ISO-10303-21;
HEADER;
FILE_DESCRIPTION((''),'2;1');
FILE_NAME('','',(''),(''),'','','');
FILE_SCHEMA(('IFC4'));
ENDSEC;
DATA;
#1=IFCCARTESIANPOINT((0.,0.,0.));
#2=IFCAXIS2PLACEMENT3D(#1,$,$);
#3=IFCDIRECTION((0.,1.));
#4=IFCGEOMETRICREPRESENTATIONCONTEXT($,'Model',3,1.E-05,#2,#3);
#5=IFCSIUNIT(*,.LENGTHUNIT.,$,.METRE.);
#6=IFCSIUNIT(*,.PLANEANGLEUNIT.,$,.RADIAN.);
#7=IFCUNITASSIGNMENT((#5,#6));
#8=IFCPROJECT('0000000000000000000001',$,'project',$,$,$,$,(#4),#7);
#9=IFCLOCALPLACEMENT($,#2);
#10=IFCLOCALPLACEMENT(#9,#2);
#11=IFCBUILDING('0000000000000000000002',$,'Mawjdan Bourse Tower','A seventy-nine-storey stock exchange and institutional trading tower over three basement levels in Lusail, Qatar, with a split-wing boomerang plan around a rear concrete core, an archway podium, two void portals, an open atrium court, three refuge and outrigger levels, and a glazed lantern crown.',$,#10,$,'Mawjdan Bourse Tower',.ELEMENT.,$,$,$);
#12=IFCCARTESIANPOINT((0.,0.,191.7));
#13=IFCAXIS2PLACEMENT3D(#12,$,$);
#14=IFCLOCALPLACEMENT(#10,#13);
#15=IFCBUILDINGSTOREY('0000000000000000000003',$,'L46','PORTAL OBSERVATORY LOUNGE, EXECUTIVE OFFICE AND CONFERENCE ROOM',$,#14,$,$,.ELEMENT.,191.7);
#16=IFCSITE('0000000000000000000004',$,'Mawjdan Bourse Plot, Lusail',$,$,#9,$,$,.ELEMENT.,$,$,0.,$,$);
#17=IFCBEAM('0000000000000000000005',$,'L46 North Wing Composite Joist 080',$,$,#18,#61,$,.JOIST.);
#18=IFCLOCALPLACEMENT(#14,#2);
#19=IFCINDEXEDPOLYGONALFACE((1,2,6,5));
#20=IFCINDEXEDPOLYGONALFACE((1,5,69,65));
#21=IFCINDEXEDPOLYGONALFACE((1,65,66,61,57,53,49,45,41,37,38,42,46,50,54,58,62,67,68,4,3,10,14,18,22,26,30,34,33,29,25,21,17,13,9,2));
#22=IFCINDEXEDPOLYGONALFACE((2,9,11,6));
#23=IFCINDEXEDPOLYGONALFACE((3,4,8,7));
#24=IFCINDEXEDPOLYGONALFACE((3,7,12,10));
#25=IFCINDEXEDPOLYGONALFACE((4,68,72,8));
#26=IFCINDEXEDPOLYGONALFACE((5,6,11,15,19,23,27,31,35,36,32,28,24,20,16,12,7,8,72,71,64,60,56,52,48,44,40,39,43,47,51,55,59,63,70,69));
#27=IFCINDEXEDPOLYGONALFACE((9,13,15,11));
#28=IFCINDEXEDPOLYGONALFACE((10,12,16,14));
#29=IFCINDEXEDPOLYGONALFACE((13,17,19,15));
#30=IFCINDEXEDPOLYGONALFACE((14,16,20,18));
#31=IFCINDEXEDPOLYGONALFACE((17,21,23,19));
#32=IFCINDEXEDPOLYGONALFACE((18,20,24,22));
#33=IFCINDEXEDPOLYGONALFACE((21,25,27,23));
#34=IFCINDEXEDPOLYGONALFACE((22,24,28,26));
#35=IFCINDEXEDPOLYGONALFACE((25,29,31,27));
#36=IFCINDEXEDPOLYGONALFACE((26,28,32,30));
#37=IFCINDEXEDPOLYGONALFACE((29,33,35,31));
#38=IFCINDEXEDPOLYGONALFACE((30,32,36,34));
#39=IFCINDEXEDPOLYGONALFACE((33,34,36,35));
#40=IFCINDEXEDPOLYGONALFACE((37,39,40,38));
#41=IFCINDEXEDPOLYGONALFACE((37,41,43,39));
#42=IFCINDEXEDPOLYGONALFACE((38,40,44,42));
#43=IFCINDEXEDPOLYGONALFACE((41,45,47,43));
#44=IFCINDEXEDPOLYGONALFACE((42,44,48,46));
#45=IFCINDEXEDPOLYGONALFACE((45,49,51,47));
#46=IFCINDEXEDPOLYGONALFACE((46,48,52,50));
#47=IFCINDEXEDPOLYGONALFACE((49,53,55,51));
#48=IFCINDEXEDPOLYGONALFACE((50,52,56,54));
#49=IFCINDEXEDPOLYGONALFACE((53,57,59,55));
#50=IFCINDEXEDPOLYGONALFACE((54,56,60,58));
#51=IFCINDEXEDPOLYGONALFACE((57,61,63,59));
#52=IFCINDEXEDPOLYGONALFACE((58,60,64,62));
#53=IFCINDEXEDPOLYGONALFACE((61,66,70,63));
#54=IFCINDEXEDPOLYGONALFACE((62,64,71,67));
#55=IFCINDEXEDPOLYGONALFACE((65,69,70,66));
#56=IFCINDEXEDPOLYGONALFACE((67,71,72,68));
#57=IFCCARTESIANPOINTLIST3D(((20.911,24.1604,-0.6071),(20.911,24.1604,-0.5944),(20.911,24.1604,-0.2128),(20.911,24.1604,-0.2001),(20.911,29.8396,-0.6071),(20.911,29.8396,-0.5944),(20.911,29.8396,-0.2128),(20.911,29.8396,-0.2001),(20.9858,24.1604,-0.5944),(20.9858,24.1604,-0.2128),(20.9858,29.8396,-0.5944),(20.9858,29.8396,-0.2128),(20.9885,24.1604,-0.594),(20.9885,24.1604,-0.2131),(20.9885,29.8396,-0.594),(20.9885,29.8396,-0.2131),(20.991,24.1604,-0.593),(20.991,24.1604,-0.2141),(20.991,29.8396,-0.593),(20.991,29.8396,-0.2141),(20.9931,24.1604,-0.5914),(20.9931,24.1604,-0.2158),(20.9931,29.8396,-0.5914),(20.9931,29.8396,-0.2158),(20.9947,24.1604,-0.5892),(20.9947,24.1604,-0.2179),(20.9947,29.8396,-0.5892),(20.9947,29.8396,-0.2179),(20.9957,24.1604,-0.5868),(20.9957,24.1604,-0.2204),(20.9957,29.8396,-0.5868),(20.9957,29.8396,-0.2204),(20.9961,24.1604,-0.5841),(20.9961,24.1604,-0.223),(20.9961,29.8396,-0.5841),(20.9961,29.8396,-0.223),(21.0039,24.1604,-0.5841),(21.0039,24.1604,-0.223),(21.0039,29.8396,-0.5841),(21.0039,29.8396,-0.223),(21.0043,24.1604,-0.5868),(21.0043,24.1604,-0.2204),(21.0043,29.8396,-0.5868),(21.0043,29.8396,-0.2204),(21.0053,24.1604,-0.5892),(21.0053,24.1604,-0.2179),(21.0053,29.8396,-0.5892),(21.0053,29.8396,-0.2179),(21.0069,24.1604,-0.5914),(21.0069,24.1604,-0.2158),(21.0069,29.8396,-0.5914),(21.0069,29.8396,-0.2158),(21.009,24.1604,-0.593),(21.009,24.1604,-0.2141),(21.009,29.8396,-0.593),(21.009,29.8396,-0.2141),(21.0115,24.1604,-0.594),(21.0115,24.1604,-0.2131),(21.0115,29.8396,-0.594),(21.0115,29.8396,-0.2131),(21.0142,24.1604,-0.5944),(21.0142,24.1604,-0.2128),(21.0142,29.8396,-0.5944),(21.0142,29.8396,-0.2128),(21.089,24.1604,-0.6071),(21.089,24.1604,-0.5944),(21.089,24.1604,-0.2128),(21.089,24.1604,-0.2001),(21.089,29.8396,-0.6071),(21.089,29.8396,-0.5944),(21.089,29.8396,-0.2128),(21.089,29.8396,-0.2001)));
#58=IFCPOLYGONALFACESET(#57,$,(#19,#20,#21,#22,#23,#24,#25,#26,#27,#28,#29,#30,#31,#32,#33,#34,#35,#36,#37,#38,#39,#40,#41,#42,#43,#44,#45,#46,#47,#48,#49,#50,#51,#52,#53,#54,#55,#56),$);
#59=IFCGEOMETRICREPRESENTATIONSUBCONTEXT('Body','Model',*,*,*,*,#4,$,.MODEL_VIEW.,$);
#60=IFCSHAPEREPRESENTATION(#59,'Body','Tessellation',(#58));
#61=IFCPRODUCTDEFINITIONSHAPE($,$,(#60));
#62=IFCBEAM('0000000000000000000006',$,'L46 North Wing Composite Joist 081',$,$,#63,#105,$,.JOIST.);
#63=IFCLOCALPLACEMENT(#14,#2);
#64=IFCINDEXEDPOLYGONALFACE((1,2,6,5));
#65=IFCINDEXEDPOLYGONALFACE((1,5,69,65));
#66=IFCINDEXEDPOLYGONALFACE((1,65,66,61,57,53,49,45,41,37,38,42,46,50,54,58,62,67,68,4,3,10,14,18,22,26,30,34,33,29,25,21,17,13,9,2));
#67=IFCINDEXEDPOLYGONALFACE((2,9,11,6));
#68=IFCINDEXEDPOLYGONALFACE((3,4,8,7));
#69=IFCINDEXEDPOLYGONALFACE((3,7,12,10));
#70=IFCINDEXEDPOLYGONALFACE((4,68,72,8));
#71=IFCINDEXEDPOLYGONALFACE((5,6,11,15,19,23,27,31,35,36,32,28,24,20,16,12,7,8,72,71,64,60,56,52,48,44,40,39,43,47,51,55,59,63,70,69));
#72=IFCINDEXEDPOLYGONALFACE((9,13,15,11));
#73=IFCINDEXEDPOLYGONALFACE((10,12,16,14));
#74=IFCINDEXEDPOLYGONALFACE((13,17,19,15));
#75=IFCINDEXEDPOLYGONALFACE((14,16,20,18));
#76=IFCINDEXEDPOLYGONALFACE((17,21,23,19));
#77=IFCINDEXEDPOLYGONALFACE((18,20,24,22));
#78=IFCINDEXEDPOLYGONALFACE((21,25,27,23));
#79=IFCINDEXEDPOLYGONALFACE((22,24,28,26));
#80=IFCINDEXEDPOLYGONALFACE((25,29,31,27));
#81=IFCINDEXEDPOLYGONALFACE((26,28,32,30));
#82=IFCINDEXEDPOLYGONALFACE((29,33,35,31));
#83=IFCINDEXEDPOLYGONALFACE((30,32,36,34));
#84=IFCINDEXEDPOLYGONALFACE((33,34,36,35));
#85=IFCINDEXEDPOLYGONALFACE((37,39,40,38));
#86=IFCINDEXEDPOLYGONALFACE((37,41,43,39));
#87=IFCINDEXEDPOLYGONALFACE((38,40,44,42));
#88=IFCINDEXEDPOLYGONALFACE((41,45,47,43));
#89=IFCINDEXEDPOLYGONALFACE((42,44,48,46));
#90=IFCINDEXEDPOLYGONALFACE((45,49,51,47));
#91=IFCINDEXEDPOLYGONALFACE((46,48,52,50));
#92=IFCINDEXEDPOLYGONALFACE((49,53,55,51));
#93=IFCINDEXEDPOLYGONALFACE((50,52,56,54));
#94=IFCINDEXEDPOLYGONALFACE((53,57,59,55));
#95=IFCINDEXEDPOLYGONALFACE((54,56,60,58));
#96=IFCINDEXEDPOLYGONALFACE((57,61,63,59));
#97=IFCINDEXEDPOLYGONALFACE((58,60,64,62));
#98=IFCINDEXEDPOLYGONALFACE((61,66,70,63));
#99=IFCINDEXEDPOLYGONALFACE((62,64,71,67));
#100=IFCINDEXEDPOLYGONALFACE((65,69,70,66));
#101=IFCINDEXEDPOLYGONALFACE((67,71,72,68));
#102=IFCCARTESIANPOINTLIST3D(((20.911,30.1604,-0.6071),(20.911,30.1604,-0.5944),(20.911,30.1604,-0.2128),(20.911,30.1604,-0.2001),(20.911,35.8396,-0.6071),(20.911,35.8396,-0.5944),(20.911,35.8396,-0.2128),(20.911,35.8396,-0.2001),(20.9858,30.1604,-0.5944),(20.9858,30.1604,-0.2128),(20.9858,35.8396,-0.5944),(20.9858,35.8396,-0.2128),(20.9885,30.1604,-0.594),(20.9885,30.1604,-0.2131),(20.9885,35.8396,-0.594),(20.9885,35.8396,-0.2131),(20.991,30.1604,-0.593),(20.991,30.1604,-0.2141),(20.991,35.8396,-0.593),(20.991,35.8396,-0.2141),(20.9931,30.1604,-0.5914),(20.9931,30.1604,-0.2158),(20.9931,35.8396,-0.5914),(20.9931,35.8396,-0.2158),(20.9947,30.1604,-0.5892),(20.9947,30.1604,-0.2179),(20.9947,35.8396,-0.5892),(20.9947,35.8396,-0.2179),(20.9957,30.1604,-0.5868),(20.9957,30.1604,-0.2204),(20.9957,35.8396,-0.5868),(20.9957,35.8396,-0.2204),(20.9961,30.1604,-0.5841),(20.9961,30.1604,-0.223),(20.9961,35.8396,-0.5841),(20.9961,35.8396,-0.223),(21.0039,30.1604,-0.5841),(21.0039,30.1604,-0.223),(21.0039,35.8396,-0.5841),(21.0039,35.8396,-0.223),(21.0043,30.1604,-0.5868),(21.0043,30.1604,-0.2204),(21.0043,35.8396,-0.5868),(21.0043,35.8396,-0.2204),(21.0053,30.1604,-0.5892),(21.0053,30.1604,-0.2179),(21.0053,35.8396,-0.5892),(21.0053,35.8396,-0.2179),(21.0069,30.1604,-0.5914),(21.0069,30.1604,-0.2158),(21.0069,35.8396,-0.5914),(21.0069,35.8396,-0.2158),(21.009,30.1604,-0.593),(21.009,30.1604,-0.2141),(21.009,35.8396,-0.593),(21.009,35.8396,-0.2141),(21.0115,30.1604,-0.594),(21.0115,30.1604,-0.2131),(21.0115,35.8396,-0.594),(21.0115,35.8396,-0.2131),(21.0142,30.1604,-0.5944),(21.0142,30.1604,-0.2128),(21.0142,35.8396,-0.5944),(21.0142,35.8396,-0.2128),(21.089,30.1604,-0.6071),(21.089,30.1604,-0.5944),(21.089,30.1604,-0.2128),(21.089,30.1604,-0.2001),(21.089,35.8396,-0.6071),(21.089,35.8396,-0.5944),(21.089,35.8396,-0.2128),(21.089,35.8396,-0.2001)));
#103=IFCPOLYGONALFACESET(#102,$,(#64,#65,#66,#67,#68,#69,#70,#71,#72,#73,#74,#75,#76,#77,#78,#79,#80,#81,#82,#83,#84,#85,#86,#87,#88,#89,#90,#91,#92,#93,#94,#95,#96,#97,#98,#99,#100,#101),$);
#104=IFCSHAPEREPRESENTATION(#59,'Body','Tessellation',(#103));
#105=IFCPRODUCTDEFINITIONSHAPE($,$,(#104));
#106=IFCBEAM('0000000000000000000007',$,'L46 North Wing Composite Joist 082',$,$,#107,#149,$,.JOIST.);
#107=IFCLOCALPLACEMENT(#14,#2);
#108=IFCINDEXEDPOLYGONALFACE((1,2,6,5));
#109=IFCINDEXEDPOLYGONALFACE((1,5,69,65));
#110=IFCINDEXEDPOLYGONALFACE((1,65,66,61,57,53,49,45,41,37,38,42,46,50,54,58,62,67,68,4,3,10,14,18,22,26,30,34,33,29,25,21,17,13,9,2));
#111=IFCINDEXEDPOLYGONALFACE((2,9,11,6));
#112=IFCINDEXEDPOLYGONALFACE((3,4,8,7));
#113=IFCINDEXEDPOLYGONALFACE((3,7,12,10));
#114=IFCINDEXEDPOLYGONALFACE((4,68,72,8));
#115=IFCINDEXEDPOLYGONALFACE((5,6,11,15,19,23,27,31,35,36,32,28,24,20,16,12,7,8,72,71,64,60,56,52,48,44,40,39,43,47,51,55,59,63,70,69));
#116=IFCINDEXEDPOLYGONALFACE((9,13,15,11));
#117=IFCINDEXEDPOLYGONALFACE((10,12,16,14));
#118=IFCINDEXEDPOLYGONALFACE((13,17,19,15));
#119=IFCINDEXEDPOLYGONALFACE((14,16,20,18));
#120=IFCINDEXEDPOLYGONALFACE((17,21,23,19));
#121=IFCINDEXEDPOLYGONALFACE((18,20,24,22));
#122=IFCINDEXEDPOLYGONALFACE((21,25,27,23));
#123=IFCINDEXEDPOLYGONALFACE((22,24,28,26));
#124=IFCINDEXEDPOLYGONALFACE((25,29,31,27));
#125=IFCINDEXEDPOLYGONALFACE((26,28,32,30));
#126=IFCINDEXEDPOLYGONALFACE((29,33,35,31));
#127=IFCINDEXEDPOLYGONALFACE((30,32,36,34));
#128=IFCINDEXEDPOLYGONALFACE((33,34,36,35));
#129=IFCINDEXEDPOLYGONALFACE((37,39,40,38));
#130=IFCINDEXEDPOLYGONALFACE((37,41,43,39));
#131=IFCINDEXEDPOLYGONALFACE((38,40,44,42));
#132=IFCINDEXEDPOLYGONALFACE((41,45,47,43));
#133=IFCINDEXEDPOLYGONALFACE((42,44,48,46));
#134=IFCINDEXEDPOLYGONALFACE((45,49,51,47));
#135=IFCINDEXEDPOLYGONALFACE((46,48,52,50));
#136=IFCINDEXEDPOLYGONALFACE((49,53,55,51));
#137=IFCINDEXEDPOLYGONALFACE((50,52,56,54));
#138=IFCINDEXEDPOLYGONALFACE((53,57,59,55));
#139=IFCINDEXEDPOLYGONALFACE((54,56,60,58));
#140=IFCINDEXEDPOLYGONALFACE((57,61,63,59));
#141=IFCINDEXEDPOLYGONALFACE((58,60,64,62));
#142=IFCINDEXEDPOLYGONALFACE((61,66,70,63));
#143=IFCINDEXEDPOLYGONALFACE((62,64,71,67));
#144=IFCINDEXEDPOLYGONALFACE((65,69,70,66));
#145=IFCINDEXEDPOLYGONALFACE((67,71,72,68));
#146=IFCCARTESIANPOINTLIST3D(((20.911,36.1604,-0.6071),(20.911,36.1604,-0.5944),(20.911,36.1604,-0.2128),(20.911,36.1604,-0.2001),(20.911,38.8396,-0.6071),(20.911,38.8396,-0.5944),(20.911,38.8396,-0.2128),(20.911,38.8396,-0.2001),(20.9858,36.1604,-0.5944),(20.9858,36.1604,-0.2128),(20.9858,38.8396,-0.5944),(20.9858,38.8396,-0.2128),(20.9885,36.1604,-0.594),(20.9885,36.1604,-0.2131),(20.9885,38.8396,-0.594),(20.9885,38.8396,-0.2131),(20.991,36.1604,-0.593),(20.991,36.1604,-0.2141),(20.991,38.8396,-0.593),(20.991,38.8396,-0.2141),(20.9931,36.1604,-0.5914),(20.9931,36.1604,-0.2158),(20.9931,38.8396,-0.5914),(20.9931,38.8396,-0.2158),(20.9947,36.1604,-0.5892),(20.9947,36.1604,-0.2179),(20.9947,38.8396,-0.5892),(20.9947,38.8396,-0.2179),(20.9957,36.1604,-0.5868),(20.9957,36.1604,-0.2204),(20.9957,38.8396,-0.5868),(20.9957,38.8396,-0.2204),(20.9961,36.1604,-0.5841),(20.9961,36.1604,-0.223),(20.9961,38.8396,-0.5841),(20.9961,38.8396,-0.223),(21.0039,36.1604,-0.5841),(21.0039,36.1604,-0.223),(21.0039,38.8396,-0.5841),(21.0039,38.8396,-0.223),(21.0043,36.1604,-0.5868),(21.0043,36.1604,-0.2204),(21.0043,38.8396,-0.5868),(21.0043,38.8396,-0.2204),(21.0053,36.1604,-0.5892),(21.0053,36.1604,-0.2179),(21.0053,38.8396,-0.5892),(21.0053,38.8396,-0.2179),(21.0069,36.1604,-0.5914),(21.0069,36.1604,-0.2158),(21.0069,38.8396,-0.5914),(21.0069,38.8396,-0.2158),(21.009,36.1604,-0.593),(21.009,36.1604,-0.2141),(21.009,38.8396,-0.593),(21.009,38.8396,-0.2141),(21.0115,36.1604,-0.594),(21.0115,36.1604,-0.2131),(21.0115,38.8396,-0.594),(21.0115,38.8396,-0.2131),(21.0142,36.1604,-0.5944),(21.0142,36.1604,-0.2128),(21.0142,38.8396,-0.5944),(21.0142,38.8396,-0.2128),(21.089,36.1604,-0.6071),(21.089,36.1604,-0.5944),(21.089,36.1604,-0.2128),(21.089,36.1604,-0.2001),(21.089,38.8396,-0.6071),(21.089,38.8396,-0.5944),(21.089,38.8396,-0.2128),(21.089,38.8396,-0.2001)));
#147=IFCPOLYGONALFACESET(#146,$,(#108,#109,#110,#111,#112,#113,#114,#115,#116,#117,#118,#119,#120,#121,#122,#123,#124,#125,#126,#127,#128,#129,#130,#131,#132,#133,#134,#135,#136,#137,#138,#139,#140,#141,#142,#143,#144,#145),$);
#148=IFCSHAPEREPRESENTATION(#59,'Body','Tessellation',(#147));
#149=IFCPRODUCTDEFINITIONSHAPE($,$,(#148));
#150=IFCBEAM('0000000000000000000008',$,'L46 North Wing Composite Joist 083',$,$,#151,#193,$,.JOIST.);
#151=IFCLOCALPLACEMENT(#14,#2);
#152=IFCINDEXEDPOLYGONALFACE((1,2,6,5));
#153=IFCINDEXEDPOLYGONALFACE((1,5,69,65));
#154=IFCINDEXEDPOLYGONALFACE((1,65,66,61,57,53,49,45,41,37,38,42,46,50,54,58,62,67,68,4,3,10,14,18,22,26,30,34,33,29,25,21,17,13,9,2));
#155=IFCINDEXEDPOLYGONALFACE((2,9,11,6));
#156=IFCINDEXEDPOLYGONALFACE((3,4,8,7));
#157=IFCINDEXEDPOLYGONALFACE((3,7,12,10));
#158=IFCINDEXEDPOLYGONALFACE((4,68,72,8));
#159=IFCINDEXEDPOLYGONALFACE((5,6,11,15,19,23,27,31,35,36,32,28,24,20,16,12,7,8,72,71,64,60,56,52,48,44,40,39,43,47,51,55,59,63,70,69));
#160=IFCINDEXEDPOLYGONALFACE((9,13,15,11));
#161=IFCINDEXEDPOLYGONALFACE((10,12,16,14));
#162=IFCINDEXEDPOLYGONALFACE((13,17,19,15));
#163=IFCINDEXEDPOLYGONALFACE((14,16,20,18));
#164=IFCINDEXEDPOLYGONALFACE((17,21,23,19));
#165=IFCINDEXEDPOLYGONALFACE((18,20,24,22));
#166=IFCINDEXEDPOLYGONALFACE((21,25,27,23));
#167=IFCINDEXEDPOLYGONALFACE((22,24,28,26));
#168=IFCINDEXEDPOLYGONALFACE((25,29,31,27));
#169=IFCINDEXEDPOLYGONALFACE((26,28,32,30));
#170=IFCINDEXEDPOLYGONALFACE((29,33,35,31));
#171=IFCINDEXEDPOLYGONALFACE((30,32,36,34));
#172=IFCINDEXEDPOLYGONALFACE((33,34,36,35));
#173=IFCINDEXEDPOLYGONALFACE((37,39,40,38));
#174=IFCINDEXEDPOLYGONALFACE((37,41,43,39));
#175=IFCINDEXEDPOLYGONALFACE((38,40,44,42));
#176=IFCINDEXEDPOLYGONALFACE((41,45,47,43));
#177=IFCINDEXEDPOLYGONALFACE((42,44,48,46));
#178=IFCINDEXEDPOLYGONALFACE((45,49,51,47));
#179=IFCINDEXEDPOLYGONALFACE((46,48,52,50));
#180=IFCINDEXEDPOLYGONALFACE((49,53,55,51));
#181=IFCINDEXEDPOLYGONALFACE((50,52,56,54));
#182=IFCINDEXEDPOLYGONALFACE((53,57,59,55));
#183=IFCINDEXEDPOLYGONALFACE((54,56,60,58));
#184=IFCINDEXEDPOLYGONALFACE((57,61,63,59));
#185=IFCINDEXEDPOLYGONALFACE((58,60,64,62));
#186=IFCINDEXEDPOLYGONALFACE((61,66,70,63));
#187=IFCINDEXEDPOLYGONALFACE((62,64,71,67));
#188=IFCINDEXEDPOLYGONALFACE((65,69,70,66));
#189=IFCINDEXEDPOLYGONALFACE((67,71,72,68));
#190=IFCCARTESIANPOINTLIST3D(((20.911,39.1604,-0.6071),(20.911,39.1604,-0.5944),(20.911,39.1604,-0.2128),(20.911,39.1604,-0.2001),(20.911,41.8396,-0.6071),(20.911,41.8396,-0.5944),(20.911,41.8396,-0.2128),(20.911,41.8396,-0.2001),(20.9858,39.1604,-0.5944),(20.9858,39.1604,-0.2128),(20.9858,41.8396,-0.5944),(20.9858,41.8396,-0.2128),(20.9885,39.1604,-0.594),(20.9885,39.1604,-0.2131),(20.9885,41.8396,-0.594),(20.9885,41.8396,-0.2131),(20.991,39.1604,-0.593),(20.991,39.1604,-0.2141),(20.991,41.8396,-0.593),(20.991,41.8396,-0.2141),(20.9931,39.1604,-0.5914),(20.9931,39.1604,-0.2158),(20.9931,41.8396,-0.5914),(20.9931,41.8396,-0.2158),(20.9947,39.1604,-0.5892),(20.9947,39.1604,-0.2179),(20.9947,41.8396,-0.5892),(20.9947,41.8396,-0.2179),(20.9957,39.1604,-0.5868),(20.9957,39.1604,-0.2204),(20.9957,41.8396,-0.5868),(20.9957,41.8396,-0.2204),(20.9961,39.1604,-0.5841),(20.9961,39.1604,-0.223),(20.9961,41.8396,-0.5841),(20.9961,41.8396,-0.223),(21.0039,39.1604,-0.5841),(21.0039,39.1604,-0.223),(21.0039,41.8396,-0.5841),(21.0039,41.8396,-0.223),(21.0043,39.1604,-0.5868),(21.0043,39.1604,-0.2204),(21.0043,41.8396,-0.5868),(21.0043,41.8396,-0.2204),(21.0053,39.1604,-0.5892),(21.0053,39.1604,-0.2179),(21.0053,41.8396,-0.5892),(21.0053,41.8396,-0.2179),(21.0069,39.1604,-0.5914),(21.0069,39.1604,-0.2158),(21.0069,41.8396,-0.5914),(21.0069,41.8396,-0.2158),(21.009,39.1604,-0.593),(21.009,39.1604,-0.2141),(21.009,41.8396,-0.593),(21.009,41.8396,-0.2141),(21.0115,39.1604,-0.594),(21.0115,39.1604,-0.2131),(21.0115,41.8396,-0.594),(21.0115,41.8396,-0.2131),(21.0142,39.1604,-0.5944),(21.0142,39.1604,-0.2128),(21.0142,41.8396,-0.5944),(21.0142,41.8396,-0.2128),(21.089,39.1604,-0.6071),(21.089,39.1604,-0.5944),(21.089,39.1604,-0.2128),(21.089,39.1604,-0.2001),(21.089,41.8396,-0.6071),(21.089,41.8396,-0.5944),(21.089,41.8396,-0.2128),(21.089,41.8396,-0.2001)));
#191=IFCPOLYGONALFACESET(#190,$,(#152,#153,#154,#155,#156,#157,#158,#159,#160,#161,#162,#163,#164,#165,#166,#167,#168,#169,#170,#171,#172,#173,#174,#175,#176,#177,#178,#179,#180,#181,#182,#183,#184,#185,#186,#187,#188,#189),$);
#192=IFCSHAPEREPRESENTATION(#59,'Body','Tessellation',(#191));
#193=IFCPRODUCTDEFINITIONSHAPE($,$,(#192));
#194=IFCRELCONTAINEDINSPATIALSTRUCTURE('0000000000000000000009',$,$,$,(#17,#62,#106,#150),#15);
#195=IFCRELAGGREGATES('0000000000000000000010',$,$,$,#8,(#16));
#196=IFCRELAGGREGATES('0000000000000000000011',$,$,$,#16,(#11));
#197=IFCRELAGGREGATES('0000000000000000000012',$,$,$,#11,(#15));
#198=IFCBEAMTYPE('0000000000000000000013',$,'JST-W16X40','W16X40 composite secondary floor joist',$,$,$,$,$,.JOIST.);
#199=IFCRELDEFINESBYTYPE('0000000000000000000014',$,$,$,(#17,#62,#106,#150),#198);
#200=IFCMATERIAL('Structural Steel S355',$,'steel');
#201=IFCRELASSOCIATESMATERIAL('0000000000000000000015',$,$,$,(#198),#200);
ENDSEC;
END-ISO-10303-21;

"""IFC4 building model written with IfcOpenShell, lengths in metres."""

from ifc_helpers import new_model, si_unit, direction, frame, origin, origin_2d, place, context, subcontext, project, spatial, i_section, extrude, material, material_profile, profile_set, type_object, element, save


model = new_model("IFC4")

# Units and contexts
model_context = context("Model", 3, precision=1e-05, world=origin(), true_north=direction((0.0, 1.0)))
body_context = subcontext(model_context, "Body", "Model", "MODEL_VIEW")
ifc_project = project(units=[si_unit("LENGTHUNIT", "METRE"), si_unit("PLANEANGLEUNIT", "RADIAN")], contexts=[model_context])

# Site, building, storey
site_placement = place(None, origin())
site = spatial("IfcSite", under=ifc_project, at=site_placement, Name="Mawjdan Bourse Plot, Lusail", CompositionType="ELEMENT", RefElevation=0.0)
building_placement = place(site_placement, origin())
building = spatial("IfcBuilding", under=site, at=building_placement, Name="Mawjdan Bourse Tower", Description="A seventy-nine-storey stock exchange and institutional trading tower over three basement levels in Lusail, Qatar, with a split-wing boomerang plan around a rear concrete core, an archway podium, two void portals, an open atrium court, three refuge and outrigger levels, and a glazed lantern crown.", LongName="Mawjdan Bourse Tower", CompositionType="ELEMENT")
storey_placement = place(building_placement, frame((0.0, 0.0, 191.7)))
storey = spatial("IfcBuildingStorey", under=building, at=storey_placement, Name="L46", Description="PORTAL OBSERVATORY LOUNGE, EXECUTIVE OFFICE AND CONFERENCE ROOM", CompositionType="ELEMENT", Elevation=191.7)

# Beams
ifc_material_1 = material(Name="Structural Steel S355", Category="steel")
ifc_material_profile_1 = material_profile(ifc_material_1, i_section(OverallWidth=0.178, OverallDepth=0.407, WebThickness=0.0078, FlangeThickness=0.0127, FilletRadius=0.0103, at=origin_2d()), Name="W16X40")
ifc_profile_set_1 = profile_set([ifc_material_profile_1], Name="Structural Steel S355")
beam_type_1 = type_object("IfcBeamType", Name="JST-W16X40", Description="W16X40 composite secondary floor joist", PredefinedType="JOIST", material=ifc_profile_set_1)
for number, where, z_axis, x_axis, name in (
    (1, (21.0, 24.1604, -0.4036), (0.0, 1.0, 0.0), (-1.0, 0.0, 0.0), "L46 North Wing Composite Joist 080"),
    (2, (21.0, 30.1604, -0.4036), (0.0, 1.0, 0.0), (-1.0, 0.0, 0.0), "L46 North Wing Composite Joist 081"),
):
    element("IfcBeam", number, at=place(storey_placement, frame(where, z_axis=z_axis, x_axis=x_axis)), inside=storey, type_object=beam_type_1, Name=name, PredefinedType="JOIST", context=body_context, shape_type="SweptSolid", body=[
        extrude(i_section(OverallWidth=0.178, OverallDepth=0.407, WebThickness=0.0078, FlangeThickness=0.0127, FilletRadius=0.0103, at=origin_2d()), origin(), (0.0, 0.0, 1.0), 5.6792),
    ])
for number, where, z_axis, x_axis, name in (
    (3, (21.0, 36.1604, -0.4036), (0.0, 1.0, 0.0), (-1.0, 0.0, 0.0), "L46 North Wing Composite Joist 082"),
    (4, (21.0, 39.1604, -0.4036), (0.0, 1.0, 0.0), (-1.0, 0.0, 0.0), "L46 North Wing Composite Joist 083"),
):
    element("IfcBeam", number, at=place(storey_placement, frame(where, z_axis=z_axis, x_axis=x_axis)), inside=storey, type_object=beam_type_1, Name=name, PredefinedType="JOIST", context=body_context, shape_type="SweptSolid", body=[
        extrude(i_section(OverallWidth=0.178, OverallDepth=0.407, WebThickness=0.0078, FlangeThickness=0.0127, FilletRadius=0.0103, at=origin_2d()), origin(), (0.0, 0.0, 1.0), 2.6792),
    ])

save(model, "model.ifc")
